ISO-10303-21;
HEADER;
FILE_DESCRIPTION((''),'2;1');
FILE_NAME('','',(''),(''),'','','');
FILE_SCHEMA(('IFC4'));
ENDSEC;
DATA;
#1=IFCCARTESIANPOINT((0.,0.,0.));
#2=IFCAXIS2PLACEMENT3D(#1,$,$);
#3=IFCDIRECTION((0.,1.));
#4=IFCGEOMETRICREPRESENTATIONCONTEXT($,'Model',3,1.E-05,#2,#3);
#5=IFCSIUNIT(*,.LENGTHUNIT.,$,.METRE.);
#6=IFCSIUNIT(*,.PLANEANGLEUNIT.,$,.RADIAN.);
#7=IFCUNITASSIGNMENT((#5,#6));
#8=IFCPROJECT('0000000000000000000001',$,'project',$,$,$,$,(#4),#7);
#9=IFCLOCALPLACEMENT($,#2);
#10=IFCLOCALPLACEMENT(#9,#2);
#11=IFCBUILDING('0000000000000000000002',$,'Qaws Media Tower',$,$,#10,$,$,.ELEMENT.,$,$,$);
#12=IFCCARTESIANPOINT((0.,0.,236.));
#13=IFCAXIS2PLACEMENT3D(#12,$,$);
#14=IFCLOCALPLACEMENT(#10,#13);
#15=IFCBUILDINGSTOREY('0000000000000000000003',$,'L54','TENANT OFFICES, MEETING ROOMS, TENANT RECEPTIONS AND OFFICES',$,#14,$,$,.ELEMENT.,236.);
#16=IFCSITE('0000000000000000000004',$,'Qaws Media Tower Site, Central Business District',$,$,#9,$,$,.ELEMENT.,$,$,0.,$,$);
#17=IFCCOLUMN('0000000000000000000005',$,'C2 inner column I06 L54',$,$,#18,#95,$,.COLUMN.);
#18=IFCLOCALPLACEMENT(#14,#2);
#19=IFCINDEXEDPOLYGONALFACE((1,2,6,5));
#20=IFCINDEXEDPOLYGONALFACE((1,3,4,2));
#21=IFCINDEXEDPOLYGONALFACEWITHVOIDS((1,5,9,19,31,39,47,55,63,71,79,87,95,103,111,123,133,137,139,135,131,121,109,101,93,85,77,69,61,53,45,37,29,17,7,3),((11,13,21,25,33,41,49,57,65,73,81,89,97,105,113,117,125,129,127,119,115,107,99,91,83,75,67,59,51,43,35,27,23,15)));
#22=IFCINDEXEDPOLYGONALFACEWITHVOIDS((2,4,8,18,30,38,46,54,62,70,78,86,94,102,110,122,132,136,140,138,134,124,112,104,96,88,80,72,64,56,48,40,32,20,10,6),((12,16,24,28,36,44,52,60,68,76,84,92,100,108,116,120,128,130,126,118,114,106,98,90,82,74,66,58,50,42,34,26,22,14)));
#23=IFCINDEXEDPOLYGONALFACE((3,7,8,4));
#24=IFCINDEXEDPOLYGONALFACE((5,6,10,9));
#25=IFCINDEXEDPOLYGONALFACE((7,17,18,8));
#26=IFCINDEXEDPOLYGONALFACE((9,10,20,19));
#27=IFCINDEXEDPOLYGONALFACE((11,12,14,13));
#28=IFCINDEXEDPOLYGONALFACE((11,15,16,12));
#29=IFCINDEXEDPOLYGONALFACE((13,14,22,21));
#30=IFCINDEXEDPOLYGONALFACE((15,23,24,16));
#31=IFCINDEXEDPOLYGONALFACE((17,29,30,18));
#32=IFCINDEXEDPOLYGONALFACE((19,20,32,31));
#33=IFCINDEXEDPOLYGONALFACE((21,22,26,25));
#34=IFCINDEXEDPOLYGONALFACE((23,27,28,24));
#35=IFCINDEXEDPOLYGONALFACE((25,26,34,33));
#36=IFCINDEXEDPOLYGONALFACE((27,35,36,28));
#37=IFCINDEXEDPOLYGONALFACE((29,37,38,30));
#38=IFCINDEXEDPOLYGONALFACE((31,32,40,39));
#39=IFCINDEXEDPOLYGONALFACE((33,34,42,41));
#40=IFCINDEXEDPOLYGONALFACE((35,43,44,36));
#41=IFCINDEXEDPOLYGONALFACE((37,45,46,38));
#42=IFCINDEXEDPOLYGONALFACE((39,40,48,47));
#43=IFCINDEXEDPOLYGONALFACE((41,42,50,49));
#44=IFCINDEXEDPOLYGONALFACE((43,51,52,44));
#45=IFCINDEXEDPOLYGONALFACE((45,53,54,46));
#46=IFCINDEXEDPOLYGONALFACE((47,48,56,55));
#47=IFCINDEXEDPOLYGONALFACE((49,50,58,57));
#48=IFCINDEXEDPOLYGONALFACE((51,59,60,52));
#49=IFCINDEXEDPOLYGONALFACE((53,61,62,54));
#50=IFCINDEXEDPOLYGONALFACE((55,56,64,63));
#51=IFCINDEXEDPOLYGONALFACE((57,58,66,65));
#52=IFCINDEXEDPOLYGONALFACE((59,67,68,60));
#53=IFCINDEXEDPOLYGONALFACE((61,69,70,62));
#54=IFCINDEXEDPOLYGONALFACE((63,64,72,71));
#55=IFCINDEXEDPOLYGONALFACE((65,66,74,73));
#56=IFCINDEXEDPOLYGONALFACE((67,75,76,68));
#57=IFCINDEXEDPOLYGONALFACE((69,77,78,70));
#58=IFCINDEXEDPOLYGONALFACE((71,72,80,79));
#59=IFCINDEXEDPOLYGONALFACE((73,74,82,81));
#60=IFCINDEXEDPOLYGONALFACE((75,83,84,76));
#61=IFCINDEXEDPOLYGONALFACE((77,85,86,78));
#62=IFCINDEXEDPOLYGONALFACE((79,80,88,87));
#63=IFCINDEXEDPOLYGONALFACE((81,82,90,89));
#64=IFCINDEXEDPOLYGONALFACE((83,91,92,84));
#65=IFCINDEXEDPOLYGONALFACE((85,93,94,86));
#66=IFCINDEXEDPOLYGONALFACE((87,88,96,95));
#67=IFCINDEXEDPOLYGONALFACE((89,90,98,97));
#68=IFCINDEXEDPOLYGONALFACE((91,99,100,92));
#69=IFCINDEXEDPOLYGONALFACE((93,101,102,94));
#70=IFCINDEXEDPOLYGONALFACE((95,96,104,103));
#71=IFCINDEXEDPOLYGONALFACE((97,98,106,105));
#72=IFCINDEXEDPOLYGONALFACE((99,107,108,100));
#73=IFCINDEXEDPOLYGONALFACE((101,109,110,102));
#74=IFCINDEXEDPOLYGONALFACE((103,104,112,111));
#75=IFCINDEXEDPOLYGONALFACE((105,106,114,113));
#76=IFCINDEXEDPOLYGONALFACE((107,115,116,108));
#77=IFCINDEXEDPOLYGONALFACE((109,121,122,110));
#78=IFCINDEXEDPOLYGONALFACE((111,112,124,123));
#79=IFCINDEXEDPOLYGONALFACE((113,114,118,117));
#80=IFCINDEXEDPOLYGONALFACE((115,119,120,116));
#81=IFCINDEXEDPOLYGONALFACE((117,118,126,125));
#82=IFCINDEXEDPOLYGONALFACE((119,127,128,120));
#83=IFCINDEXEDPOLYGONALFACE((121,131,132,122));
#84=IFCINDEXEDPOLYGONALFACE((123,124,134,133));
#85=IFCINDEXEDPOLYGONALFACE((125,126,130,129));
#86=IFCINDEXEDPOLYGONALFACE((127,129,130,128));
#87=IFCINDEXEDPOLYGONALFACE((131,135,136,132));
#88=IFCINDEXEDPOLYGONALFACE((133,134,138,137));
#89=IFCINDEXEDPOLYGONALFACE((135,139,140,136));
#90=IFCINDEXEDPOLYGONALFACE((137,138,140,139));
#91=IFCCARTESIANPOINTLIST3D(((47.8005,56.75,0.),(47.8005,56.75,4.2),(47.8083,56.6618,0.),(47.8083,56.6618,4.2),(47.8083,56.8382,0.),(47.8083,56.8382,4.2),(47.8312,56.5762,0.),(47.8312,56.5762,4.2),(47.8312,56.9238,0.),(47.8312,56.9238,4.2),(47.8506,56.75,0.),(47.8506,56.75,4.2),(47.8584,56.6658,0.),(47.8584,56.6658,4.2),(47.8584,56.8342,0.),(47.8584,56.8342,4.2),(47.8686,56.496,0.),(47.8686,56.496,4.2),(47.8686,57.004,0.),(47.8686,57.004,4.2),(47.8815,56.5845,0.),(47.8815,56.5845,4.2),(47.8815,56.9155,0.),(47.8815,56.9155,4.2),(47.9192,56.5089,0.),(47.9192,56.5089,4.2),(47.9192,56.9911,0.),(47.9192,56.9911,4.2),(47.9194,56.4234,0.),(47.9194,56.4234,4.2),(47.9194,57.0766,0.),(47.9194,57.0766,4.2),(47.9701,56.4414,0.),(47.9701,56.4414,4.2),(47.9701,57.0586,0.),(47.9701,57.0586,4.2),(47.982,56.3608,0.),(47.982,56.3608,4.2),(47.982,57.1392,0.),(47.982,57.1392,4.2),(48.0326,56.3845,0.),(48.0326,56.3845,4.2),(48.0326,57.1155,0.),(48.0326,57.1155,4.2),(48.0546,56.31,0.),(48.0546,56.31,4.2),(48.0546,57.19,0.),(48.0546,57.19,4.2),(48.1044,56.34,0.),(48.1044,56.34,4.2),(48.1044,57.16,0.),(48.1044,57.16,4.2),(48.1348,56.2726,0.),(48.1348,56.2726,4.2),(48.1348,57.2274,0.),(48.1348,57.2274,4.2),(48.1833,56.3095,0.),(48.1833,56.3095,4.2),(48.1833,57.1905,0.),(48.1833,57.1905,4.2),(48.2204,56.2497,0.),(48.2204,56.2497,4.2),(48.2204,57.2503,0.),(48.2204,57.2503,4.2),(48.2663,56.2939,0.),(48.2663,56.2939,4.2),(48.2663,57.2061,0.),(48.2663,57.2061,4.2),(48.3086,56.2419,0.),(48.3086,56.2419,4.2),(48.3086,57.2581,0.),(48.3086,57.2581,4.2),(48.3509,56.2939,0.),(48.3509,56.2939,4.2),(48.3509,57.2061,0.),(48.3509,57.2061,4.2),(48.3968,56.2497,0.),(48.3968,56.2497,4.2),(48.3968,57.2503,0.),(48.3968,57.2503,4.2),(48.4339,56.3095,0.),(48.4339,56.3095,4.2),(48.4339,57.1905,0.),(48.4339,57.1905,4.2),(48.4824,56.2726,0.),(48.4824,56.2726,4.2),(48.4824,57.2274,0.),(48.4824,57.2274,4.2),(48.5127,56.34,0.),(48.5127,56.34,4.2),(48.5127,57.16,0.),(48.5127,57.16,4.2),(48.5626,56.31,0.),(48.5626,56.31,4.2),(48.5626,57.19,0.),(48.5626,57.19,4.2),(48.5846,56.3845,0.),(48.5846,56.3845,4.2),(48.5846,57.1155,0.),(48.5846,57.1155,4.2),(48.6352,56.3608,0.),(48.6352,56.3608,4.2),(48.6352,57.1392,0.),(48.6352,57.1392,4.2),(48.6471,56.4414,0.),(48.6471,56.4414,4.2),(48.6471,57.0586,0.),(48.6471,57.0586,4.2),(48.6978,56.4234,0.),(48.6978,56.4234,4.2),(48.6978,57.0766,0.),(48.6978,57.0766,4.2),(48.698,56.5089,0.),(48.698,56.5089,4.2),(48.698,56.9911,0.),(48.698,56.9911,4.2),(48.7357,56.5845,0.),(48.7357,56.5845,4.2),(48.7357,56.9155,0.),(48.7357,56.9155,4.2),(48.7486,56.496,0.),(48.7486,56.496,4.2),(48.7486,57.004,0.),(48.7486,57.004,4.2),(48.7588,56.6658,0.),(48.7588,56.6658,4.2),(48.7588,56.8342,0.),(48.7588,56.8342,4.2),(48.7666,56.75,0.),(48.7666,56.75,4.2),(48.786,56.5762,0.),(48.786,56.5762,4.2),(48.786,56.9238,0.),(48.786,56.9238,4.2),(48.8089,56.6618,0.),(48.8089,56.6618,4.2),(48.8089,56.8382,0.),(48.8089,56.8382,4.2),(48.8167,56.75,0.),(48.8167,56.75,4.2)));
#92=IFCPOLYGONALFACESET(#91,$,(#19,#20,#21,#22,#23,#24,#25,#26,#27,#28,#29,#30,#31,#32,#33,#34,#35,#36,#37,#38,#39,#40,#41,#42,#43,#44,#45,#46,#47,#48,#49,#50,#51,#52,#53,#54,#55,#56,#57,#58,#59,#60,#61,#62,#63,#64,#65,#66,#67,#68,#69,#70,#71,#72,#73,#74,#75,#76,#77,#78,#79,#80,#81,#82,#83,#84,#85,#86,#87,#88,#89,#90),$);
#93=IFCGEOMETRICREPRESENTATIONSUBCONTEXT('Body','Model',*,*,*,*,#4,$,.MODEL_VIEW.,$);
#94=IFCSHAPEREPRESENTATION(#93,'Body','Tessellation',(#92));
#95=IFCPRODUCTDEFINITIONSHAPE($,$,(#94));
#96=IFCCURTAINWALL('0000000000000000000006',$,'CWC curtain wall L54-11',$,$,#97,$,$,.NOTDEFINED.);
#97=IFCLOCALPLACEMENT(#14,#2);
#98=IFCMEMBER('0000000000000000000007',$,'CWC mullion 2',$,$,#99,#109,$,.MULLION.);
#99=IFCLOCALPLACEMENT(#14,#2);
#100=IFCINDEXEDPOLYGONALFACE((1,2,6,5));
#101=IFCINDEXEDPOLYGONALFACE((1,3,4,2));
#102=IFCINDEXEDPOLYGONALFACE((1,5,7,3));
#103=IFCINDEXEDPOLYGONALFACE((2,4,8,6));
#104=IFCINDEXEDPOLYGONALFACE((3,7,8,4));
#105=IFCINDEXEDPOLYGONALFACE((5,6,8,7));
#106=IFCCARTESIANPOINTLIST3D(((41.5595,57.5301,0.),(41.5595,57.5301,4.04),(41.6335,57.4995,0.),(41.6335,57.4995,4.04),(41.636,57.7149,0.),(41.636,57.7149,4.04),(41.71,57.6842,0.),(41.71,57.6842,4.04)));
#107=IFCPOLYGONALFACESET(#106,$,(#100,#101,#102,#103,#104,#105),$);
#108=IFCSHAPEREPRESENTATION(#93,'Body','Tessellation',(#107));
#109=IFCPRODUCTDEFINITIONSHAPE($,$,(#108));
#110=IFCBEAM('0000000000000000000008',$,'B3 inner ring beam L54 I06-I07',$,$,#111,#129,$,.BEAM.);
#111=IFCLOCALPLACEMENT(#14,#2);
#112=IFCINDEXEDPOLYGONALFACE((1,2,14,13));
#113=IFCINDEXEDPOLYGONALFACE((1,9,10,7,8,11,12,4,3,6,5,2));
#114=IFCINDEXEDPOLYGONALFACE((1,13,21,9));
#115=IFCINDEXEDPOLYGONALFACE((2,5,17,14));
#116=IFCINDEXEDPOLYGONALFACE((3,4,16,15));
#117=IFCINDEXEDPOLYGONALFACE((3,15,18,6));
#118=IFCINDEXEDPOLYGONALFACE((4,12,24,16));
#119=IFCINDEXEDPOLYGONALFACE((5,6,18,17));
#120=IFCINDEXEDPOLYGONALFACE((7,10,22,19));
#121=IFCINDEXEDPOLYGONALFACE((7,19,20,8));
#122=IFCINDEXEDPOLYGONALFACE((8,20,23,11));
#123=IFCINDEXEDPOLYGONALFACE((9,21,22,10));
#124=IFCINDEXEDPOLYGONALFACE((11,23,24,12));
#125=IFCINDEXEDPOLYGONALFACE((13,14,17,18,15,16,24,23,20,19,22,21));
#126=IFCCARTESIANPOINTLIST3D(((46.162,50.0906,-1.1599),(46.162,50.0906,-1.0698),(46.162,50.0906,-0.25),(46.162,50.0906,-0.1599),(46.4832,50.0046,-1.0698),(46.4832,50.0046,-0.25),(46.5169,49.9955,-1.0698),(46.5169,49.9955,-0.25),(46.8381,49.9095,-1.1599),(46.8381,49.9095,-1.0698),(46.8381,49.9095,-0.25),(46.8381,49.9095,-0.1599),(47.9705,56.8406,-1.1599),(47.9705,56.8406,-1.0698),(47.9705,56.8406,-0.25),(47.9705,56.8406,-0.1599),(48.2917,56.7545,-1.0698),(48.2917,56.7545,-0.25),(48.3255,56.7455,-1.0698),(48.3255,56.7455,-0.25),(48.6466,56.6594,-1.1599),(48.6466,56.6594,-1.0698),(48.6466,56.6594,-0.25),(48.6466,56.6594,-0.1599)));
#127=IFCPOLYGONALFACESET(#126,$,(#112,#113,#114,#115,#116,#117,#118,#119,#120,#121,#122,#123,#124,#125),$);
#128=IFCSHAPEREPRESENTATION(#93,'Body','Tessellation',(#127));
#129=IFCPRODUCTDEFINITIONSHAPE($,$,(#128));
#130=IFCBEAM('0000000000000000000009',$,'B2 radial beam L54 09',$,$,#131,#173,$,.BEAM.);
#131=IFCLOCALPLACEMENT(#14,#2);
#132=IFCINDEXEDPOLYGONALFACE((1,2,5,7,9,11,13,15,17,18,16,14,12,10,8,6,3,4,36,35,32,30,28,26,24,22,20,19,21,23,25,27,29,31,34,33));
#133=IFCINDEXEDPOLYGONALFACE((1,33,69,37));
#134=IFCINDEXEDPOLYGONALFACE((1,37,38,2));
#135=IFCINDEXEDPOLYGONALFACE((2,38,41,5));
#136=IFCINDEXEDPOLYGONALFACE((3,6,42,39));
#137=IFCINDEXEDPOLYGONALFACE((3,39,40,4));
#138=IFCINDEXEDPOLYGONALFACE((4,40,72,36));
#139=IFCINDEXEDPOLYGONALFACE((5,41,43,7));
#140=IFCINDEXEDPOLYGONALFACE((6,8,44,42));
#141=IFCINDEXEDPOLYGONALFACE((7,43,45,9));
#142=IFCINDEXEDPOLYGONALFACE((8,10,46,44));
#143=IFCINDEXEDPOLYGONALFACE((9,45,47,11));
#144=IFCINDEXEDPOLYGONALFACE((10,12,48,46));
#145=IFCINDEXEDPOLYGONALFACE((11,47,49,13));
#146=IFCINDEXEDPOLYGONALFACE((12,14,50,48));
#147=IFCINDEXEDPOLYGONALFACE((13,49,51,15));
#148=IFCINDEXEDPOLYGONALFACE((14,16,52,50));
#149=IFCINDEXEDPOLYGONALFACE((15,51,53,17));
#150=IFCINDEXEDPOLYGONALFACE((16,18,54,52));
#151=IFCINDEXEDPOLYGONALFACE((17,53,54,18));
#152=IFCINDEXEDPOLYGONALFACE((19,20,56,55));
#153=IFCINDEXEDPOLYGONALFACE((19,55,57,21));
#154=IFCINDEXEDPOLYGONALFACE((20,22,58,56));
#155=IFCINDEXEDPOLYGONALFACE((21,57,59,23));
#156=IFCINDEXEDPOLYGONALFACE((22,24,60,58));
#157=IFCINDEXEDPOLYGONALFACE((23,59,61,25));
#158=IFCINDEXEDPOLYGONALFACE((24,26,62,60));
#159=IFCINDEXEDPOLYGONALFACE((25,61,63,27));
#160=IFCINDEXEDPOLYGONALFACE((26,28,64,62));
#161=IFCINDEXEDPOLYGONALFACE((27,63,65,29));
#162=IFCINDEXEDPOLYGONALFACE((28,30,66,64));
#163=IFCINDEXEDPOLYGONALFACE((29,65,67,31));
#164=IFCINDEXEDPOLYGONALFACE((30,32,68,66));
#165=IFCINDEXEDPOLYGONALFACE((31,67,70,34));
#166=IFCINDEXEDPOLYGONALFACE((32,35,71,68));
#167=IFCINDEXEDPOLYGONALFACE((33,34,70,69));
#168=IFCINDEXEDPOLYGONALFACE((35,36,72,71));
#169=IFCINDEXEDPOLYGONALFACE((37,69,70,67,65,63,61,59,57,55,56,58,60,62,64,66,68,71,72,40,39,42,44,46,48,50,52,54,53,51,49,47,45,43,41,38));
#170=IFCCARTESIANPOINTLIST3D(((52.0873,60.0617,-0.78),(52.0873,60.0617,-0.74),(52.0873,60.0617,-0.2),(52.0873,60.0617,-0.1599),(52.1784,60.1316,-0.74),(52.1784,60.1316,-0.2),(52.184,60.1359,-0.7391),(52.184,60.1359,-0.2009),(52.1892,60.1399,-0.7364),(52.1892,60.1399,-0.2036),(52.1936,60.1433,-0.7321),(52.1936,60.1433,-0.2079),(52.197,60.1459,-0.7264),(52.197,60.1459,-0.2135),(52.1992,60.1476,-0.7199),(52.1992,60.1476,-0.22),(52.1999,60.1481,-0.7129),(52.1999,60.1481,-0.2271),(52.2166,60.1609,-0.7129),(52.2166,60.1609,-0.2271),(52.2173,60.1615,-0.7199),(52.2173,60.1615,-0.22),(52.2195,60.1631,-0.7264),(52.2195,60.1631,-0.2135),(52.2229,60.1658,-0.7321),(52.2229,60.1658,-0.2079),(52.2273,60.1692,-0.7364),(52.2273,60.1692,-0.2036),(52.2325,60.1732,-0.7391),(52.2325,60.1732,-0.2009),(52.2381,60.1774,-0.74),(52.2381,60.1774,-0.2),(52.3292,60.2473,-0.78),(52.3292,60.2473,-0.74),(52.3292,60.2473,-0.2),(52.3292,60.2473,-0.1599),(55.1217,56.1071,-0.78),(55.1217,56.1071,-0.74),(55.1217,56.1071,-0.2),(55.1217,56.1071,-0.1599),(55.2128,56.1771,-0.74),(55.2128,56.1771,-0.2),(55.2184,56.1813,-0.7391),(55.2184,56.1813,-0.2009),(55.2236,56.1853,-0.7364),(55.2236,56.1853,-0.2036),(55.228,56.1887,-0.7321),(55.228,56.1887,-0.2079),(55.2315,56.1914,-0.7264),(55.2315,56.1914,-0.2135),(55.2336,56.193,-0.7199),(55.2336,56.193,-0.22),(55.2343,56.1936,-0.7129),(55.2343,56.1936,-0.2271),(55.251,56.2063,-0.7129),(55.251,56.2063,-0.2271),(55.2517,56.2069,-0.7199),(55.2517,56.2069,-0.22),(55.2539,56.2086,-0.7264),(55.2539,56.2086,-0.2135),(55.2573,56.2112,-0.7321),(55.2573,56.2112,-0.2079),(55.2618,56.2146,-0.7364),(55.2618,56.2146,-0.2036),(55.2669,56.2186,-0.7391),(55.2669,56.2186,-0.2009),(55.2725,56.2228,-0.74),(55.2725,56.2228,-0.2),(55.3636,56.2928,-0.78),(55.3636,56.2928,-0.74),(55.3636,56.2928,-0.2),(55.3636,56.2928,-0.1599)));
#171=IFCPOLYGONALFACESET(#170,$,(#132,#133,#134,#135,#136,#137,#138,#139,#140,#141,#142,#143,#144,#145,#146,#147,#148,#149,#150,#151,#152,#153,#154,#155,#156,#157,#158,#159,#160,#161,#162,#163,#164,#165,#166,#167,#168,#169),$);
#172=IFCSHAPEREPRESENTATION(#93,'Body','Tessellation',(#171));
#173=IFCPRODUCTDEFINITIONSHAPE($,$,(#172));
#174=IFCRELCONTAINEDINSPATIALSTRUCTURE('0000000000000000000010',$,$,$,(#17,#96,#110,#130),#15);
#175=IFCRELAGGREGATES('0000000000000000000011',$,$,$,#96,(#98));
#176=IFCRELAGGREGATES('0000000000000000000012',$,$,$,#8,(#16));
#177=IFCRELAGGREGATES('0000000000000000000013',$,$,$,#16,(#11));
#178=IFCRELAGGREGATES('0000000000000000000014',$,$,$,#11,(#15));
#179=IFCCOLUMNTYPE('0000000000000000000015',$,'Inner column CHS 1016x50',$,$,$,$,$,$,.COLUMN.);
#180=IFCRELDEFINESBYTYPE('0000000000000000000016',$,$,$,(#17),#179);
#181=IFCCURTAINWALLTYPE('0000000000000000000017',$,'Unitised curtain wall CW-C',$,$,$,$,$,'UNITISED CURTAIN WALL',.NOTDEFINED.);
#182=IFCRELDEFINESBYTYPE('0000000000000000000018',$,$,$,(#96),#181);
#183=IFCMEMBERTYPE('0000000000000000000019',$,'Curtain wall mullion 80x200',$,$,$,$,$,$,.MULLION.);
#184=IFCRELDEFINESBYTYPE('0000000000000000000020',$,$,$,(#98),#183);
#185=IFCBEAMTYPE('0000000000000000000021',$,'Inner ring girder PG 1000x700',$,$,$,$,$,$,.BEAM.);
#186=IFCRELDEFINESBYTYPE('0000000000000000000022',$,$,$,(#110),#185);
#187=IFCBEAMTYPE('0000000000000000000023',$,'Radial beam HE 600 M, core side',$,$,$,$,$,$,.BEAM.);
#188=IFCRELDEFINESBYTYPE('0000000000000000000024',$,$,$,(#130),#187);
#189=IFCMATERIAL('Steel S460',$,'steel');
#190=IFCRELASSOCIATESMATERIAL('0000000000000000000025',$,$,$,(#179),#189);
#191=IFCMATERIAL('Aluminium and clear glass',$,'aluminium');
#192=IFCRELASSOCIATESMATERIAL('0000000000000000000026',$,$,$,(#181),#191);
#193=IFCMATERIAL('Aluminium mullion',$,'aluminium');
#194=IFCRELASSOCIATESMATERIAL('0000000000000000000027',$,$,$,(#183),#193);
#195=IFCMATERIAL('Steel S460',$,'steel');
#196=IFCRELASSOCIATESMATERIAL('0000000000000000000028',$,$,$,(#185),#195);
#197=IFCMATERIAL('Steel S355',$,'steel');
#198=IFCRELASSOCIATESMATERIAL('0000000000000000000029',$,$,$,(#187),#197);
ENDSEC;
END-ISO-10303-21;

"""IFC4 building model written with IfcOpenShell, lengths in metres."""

from ifc_helpers import new_model, si_unit, direction, frame, origin, origin_2d, place, context, subcontext, project, spatial, rectangle, hollow_circle, i_section, extrude, material, material_profile, profile_set, type_object, element, aggregate, save


model = new_model("IFC4")

# Units and contexts
model_context = context("Model", 3, precision=1e-05, world=origin(), true_north=direction((0.0, 1.0)))
body_context = subcontext(model_context, "Body", "Model", "MODEL_VIEW")
ifc_project = project(units=[si_unit("LENGTHUNIT", "METRE"), si_unit("PLANEANGLEUNIT", "RADIAN")], contexts=[model_context])

# Site, building, storey
site_placement = place(None, origin())
site = spatial("IfcSite", under=ifc_project, at=site_placement, Name="Qaws Media Tower Site, Central Business District", CompositionType="ELEMENT", RefElevation=0.0)
building_placement = place(site_placement, origin())
building = spatial("IfcBuilding", under=site, at=building_placement, Name="Qaws Media Tower", CompositionType="ELEMENT")
storey_placement = place(building_placement, frame((0.0, 0.0, 236.0)))
storey = spatial("IfcBuildingStorey", under=building, at=storey_placement, Name="L54", Description="TENANT OFFICES, MEETING ROOMS, TENANT RECEPTIONS AND OFFICES", CompositionType="ELEMENT", Elevation=236.0)

# Column
ifc_material_1 = material(Name="Steel S460", Category="steel")
ifc_material_profile_1 = material_profile(ifc_material_1, hollow_circle(Radius=0.5081, WallThickness=0.05, at=origin_2d()), Name="CHS 1016x50")
ifc_profile_set_1 = profile_set([ifc_material_profile_1], Name="Steel S460")
column_type = type_object("IfcColumnType", Name="Inner column CHS 1016x50", PredefinedType="COLUMN", material=ifc_profile_set_1)
column_placement = place(storey_placement, frame((48.3086, 56.75, 0.0), z_axis=(0.0, 0.0, 1.0), x_axis=(1.0, 0.0, 0.0)))
element("IfcColumn", 1, at=column_placement, inside=storey, type_object=column_type, Name="C2 inner column I06 L54", PredefinedType="COLUMN", context=body_context, shape_type="SweptSolid", body=[
    extrude(hollow_circle(Radius=0.5081, WallThickness=0.05, at=origin_2d()), origin(), (0.0, 0.0, 1.0), 4.2),
])

# Curtain wall, member
ifc_material_2 = material(Name="Aluminium and clear glass", Category="aluminium")
curtain_wall_type = type_object("IfcCurtainWallType", Name="Unitised curtain wall CW-C", ElementType="UNITISED CURTAIN WALL", PredefinedType="NOTDEFINED", material=ifc_material_2)
curtain_wall_placement = place(storey_placement, origin())
curtain_wall = element("IfcCurtainWall", 2, at=curtain_wall_placement, inside=storey, type_object=curtain_wall_type, Name="CWC curtain wall L54-11", PredefinedType="NOTDEFINED")
ifc_material_3 = material(Name="Aluminium mullion", Category="aluminium")
ifc_material_profile_2 = material_profile(ifc_material_3, rectangle(XDim=0.0801, YDim=0.2, at=origin_2d()), Name="80x200")
ifc_profile_set_2 = profile_set([ifc_material_profile_2], Name="Aluminium mullion")
member_type = type_object("IfcMemberType", Name="Curtain wall mullion 80x200", PredefinedType="MULLION", material=ifc_profile_set_2)
member_placement = place(storey_placement, frame((41.6348, 57.6072, 0.0), z_axis=(0.0, 0.0, 1.0), x_axis=(0.923879, -0.382684, 0.0)))
member = element("IfcMember", 3, at=member_placement, type_object=member_type, Name="CWC mullion 2", PredefinedType="MULLION", context=body_context, shape_type="SweptSolid", body=[
    extrude(rectangle(XDim=0.0801, YDim=0.2, at=origin_2d()), origin(), (0.0, 0.0, 1.0), 4.04),
])
aggregate(curtain_wall, [member])

# Beams
ifc_material_4 = material(Name="Steel S460", Category="steel")
ifc_material_profile_3 = material_profile(ifc_material_4, i_section(OverallWidth=0.7, OverallDepth=1.0, WebThickness=0.0349, FlangeThickness=0.0901, at=origin_2d()), Name="PG 1000x700")
ifc_profile_set_3 = profile_set([ifc_material_profile_3], Name="Steel S460")
beam_type_1 = type_object("IfcBeamType", Name="Inner ring girder PG 1000x700", PredefinedType="BEAM", material=ifc_profile_set_3)
beam_1_placement = place(storey_placement, frame((48.3086, 56.75, -0.6599), z_axis=(-0.258811, -0.965928, 0.0), x_axis=(0.965928, -0.258811, 0.0)))
element("IfcBeam", 4, at=beam_1_placement, inside=storey, type_object=beam_type_1, Name="B3 inner ring beam L54 I06-I07", PredefinedType="BEAM", context=body_context, shape_type="SweptSolid", body=[
    extrude(i_section(OverallWidth=0.7, OverallDepth=1.0, WebThickness=0.0349, FlangeThickness=0.0901, at=origin_2d()), origin(), (0.0, 0.0, 1.0), 6.988),
])
ifc_material_5 = material(Name="Steel S355", Category="steel")
ifc_material_profile_4 = material_profile(ifc_material_5, i_section(OverallWidth=0.3049, OverallDepth=0.6201, WebThickness=0.021, FlangeThickness=0.04, FilletRadius=0.0271, at=origin_2d()), Name="HE 600 M")
ifc_profile_set_4 = profile_set([ifc_material_profile_4], Name="Steel S355")
beam_type_2 = type_object("IfcBeamType", Name="Radial beam HE 600 M, core side", PredefinedType="BEAM", material=ifc_profile_set_4)
beam_2_placement = place(storey_placement, frame((55.2427, 56.2, -0.47), z_axis=(-0.608756, 0.793357, 0.0), x_axis=(-0.793357, -0.608756, 0.0)))
element("IfcBeam", 5, at=beam_2_placement, inside=storey, type_object=beam_type_2, Name="B2 radial beam L54 09", PredefinedType="BEAM", context=body_context, shape_type="SweptSolid", body=[
    extrude(i_section(OverallWidth=0.3049, OverallDepth=0.6201, WebThickness=0.021, FlangeThickness=0.04, FilletRadius=0.0271, at=origin_2d()), origin(), (0.0, 0.0, 1.0), 4.9846),
])

save(model, "model.ifc")
